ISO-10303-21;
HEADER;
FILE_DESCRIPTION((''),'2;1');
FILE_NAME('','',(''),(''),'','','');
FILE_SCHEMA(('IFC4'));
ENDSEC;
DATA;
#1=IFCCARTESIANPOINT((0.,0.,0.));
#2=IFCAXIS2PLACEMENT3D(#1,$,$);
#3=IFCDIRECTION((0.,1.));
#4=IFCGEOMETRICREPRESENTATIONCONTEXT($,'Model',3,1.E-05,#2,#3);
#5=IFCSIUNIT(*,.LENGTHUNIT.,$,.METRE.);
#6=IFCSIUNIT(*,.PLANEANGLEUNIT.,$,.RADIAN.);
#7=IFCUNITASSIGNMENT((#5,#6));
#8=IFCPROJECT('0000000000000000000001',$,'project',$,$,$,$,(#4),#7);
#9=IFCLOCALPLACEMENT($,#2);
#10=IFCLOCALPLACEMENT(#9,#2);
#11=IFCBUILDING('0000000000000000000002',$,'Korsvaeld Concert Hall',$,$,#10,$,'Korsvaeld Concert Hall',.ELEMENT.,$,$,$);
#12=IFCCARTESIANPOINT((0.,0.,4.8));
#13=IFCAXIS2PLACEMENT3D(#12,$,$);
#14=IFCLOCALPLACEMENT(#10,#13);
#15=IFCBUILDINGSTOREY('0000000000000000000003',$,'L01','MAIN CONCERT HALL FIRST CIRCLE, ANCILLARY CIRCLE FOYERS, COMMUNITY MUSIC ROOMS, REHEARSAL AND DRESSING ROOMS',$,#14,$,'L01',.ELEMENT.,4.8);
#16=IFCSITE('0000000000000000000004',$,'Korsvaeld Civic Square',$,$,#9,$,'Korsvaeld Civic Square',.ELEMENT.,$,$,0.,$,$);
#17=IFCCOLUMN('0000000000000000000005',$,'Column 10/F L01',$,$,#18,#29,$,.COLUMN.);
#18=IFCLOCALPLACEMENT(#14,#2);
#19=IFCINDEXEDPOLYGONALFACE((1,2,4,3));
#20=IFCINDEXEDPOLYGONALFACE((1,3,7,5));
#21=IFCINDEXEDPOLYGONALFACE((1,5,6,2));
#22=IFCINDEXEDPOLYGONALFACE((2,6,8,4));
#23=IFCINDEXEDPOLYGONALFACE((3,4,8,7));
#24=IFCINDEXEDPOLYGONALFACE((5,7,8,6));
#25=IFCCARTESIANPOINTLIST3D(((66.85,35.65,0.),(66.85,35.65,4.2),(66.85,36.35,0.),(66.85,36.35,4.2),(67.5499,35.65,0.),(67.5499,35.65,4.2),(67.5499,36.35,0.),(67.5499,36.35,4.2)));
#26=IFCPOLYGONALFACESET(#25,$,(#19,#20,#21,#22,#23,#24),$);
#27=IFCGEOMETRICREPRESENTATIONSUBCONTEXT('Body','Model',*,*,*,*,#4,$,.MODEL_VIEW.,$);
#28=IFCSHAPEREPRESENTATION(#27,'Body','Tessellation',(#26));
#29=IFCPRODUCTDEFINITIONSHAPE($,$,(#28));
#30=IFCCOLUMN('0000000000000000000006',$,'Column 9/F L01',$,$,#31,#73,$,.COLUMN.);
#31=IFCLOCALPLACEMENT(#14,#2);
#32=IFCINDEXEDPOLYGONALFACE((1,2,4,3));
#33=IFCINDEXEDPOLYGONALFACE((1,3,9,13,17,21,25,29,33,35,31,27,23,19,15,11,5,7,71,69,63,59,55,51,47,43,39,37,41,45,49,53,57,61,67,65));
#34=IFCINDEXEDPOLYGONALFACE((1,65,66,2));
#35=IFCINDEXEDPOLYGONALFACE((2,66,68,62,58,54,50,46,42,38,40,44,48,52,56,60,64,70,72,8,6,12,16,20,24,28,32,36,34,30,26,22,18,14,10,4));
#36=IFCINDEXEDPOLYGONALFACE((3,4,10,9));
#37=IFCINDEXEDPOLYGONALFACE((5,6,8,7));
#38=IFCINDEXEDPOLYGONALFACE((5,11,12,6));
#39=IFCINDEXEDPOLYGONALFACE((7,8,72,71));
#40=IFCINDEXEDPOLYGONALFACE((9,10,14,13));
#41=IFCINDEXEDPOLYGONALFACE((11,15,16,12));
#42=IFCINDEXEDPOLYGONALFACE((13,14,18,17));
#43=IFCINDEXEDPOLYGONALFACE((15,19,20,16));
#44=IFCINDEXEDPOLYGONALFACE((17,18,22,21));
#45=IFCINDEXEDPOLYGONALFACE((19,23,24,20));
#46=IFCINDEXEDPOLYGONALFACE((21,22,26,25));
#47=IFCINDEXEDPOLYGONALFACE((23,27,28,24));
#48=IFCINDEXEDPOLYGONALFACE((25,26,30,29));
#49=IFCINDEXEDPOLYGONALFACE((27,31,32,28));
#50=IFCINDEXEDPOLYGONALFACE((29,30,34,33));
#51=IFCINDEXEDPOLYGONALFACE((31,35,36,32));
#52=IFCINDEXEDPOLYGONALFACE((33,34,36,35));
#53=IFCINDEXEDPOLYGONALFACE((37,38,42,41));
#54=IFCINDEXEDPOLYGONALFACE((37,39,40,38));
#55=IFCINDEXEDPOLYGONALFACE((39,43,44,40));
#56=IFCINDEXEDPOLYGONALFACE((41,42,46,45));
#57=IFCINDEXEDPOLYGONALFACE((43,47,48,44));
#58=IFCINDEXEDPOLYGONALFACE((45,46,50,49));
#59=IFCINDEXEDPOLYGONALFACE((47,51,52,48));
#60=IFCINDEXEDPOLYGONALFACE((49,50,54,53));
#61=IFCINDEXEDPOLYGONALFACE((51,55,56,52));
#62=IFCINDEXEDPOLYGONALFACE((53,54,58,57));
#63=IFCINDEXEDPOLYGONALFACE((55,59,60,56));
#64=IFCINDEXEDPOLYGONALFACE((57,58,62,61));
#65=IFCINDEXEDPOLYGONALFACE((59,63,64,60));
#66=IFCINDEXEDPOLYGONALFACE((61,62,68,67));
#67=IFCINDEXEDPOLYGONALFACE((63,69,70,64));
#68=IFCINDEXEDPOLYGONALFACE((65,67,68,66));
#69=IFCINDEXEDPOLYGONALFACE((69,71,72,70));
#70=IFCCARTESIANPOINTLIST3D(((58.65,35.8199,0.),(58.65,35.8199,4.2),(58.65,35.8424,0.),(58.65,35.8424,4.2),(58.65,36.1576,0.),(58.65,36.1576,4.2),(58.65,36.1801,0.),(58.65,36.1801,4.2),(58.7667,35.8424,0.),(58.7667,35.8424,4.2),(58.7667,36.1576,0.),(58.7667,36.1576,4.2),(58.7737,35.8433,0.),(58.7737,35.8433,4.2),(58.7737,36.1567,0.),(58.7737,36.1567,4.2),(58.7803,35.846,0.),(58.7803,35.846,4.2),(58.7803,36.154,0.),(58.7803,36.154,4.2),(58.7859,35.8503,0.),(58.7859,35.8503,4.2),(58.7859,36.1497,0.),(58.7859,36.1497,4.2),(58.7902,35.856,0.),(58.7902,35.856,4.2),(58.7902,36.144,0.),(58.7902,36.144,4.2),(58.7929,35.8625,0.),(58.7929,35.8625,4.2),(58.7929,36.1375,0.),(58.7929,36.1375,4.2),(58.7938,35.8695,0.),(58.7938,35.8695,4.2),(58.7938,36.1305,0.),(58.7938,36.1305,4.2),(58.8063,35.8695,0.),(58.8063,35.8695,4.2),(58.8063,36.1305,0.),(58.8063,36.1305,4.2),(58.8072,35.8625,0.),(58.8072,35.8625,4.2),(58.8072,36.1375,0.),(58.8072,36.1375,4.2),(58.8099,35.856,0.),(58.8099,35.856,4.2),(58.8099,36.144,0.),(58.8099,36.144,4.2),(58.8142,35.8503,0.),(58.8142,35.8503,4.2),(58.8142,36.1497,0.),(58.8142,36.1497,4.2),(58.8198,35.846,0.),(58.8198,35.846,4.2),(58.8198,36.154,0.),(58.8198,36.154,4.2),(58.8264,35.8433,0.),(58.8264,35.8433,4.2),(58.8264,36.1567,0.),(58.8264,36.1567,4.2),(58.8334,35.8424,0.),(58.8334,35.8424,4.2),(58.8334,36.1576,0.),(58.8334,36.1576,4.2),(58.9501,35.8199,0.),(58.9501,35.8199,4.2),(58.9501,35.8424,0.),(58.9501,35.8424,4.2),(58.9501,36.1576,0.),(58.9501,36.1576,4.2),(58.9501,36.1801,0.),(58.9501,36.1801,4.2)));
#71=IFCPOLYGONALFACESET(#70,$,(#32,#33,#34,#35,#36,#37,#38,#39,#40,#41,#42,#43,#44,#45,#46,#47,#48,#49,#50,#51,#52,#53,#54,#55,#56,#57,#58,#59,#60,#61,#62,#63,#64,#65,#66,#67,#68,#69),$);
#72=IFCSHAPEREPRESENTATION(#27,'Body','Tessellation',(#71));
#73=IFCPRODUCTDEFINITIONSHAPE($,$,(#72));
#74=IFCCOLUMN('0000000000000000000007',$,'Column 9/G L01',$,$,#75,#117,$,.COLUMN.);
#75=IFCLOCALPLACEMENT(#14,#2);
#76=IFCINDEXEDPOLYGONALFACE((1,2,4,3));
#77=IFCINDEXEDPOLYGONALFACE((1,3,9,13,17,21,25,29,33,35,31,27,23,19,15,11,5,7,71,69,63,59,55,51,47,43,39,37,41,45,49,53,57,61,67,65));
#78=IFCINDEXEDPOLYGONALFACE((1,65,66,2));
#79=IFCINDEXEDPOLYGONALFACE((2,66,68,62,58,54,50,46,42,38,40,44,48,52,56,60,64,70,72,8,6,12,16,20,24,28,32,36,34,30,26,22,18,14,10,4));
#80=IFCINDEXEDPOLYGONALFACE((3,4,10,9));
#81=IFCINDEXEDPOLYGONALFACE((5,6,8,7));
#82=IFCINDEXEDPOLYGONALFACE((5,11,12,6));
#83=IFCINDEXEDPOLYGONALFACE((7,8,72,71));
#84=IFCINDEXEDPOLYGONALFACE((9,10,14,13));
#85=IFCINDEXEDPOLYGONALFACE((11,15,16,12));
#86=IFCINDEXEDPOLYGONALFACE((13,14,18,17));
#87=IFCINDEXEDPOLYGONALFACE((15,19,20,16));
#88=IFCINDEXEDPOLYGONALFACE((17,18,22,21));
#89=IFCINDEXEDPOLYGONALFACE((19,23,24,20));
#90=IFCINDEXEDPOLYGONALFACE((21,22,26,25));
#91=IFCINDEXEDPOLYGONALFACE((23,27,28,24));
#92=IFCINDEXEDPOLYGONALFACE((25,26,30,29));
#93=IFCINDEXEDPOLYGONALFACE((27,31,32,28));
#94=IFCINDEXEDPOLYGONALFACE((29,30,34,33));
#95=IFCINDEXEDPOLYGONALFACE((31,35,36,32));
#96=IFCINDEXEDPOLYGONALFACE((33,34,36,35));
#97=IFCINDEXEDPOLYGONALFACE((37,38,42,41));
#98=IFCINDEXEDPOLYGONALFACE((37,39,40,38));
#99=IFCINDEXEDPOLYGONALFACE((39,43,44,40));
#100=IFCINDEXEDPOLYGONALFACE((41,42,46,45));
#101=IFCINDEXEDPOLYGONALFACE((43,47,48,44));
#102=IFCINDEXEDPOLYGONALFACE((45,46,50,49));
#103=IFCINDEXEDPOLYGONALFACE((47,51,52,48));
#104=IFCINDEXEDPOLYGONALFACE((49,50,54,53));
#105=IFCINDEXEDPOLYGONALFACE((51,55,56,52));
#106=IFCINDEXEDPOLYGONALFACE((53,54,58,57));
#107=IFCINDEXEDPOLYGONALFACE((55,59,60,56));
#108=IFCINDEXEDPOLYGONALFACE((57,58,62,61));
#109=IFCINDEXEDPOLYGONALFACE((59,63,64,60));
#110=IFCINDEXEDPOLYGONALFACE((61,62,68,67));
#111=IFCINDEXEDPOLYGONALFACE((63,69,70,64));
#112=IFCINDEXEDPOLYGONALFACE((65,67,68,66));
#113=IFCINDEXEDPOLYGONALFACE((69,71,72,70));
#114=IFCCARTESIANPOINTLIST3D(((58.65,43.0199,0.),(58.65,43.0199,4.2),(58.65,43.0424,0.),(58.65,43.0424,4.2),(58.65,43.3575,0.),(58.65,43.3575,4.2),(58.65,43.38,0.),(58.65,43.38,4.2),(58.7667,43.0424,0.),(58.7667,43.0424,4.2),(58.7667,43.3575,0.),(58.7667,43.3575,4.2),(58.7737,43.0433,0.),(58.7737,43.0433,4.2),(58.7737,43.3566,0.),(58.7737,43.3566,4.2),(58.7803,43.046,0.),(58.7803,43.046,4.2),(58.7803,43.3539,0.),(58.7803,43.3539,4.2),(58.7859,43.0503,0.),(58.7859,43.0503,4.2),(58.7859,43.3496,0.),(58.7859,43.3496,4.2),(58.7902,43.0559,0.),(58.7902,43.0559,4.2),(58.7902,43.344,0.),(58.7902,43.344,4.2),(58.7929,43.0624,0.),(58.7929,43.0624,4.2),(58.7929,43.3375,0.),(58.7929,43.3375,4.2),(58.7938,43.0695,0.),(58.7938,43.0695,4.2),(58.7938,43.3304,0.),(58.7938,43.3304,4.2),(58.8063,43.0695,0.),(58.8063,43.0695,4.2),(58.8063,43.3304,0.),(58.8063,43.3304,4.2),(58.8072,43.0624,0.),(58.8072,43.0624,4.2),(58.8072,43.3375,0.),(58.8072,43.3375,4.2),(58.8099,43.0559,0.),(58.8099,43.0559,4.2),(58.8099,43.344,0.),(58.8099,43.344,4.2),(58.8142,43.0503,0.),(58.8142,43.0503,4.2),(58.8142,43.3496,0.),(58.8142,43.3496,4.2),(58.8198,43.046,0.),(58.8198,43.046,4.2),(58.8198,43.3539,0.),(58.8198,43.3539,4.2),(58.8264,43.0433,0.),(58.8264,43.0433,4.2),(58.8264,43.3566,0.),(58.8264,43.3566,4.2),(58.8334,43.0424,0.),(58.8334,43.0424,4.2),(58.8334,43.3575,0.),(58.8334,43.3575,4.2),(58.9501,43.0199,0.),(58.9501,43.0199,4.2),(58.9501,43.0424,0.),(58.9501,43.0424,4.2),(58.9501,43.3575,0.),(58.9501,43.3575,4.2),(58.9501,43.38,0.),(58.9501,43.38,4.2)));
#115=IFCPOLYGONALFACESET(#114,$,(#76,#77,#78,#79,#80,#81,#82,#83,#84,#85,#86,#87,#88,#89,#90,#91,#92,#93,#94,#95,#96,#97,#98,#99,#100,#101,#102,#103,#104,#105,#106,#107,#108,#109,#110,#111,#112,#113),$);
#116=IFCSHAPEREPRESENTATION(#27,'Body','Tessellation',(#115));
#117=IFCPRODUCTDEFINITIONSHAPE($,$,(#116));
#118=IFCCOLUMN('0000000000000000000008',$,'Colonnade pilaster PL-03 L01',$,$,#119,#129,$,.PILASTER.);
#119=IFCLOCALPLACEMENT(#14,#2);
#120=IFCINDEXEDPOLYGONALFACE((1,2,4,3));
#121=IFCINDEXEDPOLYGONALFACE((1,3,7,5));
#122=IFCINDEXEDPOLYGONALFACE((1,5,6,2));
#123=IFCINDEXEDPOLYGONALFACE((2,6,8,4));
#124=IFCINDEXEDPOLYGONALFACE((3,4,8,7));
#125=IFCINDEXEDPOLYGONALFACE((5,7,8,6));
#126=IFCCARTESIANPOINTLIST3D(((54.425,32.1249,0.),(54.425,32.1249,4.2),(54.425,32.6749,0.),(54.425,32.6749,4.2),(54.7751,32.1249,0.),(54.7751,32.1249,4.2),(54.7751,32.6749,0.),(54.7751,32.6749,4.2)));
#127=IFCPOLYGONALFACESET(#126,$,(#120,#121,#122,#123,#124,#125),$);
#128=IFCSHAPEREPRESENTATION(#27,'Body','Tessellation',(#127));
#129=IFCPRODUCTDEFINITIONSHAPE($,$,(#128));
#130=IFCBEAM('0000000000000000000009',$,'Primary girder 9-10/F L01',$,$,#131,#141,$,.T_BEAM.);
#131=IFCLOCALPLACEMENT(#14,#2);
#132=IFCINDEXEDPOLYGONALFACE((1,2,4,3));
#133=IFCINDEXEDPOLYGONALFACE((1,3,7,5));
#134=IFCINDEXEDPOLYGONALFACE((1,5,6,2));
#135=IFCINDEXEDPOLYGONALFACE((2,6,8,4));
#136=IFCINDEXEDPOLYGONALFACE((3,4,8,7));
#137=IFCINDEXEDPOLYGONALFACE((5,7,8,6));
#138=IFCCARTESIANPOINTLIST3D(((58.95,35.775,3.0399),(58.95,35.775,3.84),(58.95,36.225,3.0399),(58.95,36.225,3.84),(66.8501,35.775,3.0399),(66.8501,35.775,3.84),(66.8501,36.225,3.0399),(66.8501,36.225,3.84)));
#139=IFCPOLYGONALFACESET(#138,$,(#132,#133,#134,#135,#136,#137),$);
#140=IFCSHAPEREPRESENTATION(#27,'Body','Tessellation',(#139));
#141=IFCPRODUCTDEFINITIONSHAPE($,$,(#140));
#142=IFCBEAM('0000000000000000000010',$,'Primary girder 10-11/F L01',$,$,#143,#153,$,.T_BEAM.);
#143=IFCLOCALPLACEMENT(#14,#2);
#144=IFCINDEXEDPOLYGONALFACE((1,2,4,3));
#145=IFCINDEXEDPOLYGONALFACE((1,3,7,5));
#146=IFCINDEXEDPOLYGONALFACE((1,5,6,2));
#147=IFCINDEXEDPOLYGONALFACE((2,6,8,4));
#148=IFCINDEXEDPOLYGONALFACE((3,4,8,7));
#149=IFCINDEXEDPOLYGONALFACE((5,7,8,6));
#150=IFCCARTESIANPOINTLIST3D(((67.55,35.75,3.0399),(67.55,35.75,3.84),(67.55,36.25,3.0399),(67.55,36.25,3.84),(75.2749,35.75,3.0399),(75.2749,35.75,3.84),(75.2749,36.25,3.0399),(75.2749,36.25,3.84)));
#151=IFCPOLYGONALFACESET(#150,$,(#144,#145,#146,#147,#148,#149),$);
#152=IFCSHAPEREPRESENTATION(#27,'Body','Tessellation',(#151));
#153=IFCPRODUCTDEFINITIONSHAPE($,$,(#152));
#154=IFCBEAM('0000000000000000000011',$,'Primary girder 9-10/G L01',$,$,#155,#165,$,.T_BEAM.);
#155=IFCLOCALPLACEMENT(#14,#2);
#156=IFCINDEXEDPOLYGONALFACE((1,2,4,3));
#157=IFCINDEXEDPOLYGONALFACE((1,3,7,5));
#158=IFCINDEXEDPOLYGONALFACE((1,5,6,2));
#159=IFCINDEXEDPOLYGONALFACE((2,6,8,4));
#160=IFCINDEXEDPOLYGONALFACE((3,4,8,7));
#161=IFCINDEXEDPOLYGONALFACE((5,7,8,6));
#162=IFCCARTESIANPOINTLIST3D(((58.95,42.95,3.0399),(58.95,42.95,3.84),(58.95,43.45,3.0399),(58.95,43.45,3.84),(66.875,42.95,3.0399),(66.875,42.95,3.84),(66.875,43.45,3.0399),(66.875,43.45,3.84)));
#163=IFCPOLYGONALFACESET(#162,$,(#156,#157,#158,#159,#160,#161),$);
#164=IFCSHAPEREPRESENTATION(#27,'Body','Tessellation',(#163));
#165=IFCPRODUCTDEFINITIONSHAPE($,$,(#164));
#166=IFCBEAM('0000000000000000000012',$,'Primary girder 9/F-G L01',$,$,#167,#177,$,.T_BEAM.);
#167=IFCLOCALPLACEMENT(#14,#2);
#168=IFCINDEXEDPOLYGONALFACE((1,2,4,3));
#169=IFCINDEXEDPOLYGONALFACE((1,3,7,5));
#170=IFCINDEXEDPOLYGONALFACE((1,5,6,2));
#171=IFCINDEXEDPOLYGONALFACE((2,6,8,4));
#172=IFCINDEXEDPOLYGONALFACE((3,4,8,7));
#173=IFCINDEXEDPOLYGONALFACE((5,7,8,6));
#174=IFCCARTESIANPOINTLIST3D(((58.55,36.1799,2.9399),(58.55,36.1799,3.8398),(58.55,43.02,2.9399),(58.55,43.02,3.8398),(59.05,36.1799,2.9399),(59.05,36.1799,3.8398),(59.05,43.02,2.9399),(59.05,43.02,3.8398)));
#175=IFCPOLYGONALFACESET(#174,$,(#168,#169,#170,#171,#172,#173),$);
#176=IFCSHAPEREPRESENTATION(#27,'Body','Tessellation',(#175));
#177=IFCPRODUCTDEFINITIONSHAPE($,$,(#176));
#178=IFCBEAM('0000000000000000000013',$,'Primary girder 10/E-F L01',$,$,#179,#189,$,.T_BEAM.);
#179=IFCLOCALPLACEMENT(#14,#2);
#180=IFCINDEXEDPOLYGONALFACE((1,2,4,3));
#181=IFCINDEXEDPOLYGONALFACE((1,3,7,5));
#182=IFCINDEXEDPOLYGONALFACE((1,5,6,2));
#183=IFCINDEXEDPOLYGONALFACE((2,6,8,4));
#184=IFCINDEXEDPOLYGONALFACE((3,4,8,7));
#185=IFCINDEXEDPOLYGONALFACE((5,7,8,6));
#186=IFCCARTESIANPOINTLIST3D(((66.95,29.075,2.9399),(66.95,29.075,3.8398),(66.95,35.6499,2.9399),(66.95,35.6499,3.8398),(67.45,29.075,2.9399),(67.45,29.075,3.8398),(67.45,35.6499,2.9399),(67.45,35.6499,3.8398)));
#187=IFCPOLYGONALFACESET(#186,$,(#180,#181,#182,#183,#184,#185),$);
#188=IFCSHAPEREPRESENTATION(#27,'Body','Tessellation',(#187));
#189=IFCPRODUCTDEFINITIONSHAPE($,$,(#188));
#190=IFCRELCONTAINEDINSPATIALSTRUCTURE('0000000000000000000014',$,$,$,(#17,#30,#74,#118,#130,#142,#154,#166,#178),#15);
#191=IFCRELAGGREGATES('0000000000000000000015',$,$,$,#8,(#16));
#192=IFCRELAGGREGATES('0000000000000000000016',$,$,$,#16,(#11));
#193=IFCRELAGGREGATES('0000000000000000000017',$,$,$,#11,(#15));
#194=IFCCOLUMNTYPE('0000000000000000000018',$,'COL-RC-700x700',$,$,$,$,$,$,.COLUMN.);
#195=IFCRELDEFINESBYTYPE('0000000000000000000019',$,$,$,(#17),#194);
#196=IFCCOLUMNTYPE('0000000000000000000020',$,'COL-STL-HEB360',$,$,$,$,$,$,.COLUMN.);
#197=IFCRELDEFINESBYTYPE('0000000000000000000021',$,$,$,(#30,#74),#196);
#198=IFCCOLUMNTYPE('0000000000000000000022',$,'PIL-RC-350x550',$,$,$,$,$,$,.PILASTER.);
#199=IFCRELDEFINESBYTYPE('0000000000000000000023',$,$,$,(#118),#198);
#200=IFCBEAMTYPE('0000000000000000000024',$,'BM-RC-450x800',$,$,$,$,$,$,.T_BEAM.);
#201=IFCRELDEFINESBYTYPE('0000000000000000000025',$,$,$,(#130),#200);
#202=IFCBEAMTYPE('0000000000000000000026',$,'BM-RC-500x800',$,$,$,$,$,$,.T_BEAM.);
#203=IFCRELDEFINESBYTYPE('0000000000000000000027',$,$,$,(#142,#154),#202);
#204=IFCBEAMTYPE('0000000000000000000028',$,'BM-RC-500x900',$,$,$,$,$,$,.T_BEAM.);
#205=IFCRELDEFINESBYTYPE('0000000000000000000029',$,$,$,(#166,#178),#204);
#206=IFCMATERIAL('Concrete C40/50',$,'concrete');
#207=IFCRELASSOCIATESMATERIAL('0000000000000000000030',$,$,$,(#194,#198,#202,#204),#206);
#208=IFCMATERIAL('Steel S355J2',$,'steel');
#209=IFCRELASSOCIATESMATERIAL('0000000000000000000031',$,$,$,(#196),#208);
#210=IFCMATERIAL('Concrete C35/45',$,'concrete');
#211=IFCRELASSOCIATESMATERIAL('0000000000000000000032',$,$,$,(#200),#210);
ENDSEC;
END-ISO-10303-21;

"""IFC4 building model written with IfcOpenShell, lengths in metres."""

from ifc_helpers import new_model, si_unit, direction, frame, origin, origin_2d, place, context, subcontext, project, spatial, rectangle, i_section, extrude, material, material_profile, profile_set, type_object, element, save


model = new_model("IFC4")

# Units and contexts
model_context = context("Model", 3, precision=1e-05, world=origin(), true_north=direction((0.0, 1.0)))
body_context = subcontext(model_context, "Body", "Model", "MODEL_VIEW")
ifc_project = project(units=[si_unit("LENGTHUNIT", "METRE"), si_unit("PLANEANGLEUNIT", "RADIAN")], contexts=[model_context])

# Site, building, storey
site_placement = place(None, origin())
site = spatial("IfcSite", under=ifc_project, at=site_placement, Name="Korsvaeld Civic Square", LongName="Korsvaeld Civic Square", CompositionType="ELEMENT", RefElevation=0.0)
building_placement = place(site_placement, origin())
building = spatial("IfcBuilding", under=site, at=building_placement, Name="Korsvaeld Concert Hall", LongName="Korsvaeld Concert Hall", CompositionType="ELEMENT")
storey_placement = place(building_placement, frame((0.0, 0.0, 4.8)))
storey = spatial("IfcBuildingStorey", under=building, at=storey_placement, Name="L01", Description="MAIN CONCERT HALL FIRST CIRCLE, ANCILLARY CIRCLE FOYERS, COMMUNITY MUSIC ROOMS, REHEARSAL AND DRESSING ROOMS", LongName="L01", CompositionType="ELEMENT", Elevation=4.8)

# Columns
ifc_material_1 = material(Name="Concrete C40/50", Category="concrete")
ifc_material_profile_1 = material_profile(ifc_material_1, rectangle(XDim=0.7, YDim=0.7, at=origin_2d()), Name="RC 700x700")
ifc_profile_set_1 = profile_set([ifc_material_profile_1], Name="Concrete C40/50")
column_type_1 = type_object("IfcColumnType", Name="COL-RC-700x700", PredefinedType="COLUMN", material=ifc_profile_set_1)
column_1_placement = place(storey_placement, frame((67.2, 36.0, 0.0), z_axis=(0.0, 0.0, 1.0), x_axis=(1.0, 0.0, 0.0)))
element("IfcColumn", 1, at=column_1_placement, inside=storey, type_object=column_type_1, Name="Column 10/F L01", PredefinedType="COLUMN", context=body_context, shape_type="SweptSolid", body=[
    extrude(rectangle(XDim=0.7, YDim=0.7, at=origin_2d()), origin(), (0.0, 0.0, 1.0), 4.2),
])
ifc_material_2 = material(Name="Steel S355J2", Category="steel")
ifc_material_profile_2 = material_profile(ifc_material_2, i_section(OverallWidth=0.3, OverallDepth=0.3601, WebThickness=0.0125, FlangeThickness=0.0225, FilletRadius=0.0271, at=origin_2d()), Name="HEB 360")
ifc_profile_set_2 = profile_set([ifc_material_profile_2], Name="Steel S355J2")
column_type_2 = type_object("IfcColumnType", Name="COL-STL-HEB360", PredefinedType="COLUMN", material=ifc_profile_set_2)
for number, where, z_axis, x_axis, name in (
    (2, (58.8, 36.0, 0.0), (0.0, 0.0, 1.0), (1.0, 0.0, 0.0), "Column 9/F L01"),
    (3, (58.8, 43.2, 0.0), (0.0, 0.0, 1.0), (1.0, 0.0, 0.0), "Column 9/G L01"),
):
    element("IfcColumn", number, at=place(storey_placement, frame(where, z_axis=z_axis, x_axis=x_axis)), inside=storey, type_object=column_type_2, Name=name, PredefinedType="COLUMN", context=body_context, shape_type="SweptSolid", body=[
        extrude(i_section(OverallWidth=0.3, OverallDepth=0.3601, WebThickness=0.0125, FlangeThickness=0.0225, FilletRadius=0.0271, at=origin_2d()), origin(), (0.0, 0.0, 1.0), 4.2),
    ])
ifc_material_profile_3 = material_profile(ifc_material_1, rectangle(XDim=0.3501, YDim=0.55, at=origin_2d()), Name="RC 350x550")
ifc_profile_set_3 = profile_set([ifc_material_profile_3], Name="Concrete C40/50")
column_type_3 = type_object("IfcColumnType", Name="PIL-RC-350x550", PredefinedType="PILASTER", material=ifc_profile_set_3)
column_2_placement = place(storey_placement, frame((54.6001, 32.3999, 0.0), z_axis=(0.0, 0.0, 1.0), x_axis=(1.0, 0.0, 0.0)))
element("IfcColumn", 4, at=column_2_placement, inside=storey, type_object=column_type_3, Name="Colonnade pilaster PL-03 L01", PredefinedType="PILASTER", context=body_context, shape_type="SweptSolid", body=[
    extrude(rectangle(XDim=0.3501, YDim=0.55, at=origin_2d()), origin(), (0.0, 0.0, 1.0), 4.2),
])

# Beams
ifc_material_3 = material(Name="Concrete C35/45", Category="concrete")
ifc_material_profile_4 = material_profile(ifc_material_3, rectangle(XDim=0.45, YDim=0.8, at=origin_2d()), Name="RC 450x800")
ifc_profile_set_4 = profile_set([ifc_material_profile_4], Name="Concrete C35/45")
beam_type_1 = type_object("IfcBeamType", Name="BM-RC-450x800", PredefinedType="T_BEAM", material=ifc_profile_set_4)
beam_1_placement = place(storey_placement, frame((58.95, 36.0, 3.4399), z_axis=(1.0, 0.0, 0.0), x_axis=(0.0, 1.0, 0.0)))
element("IfcBeam", 5, at=beam_1_placement, inside=storey, type_object=beam_type_1, Name="Primary girder 9-10/F L01", PredefinedType="T_BEAM", context=body_context, shape_type="SweptSolid", body=[
    extrude(rectangle(XDim=0.45, YDim=0.8, at=origin_2d()), origin(), (0.0, 0.0, 1.0), 7.9001),
])
ifc_material_profile_5 = material_profile(ifc_material_1, rectangle(XDim=0.5, YDim=0.8, at=origin_2d()), Name="RC 500x800")
ifc_profile_set_5 = profile_set([ifc_material_profile_5], Name="Concrete C40/50")
beam_type_2 = type_object("IfcBeamType", Name="BM-RC-500x800", PredefinedType="T_BEAM", material=ifc_profile_set_5)
beam_2_placement = place(storey_placement, frame((67.55, 36.0, 3.4399), z_axis=(1.0, 0.0, 0.0), x_axis=(0.0, 1.0, 0.0)))
element("IfcBeam", 6, at=beam_2_placement, inside=storey, type_object=beam_type_2, Name="Primary girder 10-11/F L01", PredefinedType="T_BEAM", context=body_context, shape_type="SweptSolid", body=[
    extrude(rectangle(XDim=0.5, YDim=0.8, at=origin_2d()), origin(), (0.0, 0.0, 1.0), 7.7249),
])
beam_3_placement = place(storey_placement, frame((58.95, 43.2, 3.4399), z_axis=(1.0, 0.0, 0.0), x_axis=(0.0, 1.0, 0.0)))
element("IfcBeam", 7, at=beam_3_placement, inside=storey, type_object=beam_type_2, Name="Primary girder 9-10/G L01", PredefinedType="T_BEAM", context=body_context, shape_type="SweptSolid", body=[
    extrude(rectangle(XDim=0.5, YDim=0.8, at=origin_2d()), origin(), (0.0, 0.0, 1.0), 7.925),
])
ifc_material_profile_6 = material_profile(ifc_material_1, rectangle(XDim=0.5, YDim=0.8999, at=origin_2d()), Name="RC 500x900")
ifc_profile_set_6 = profile_set([ifc_material_profile_6], Name="Concrete C40/50")
beam_type_3 = type_object("IfcBeamType", Name="BM-RC-500x900", PredefinedType="T_BEAM", material=ifc_profile_set_6)
beam_4_placement = place(storey_placement, frame((58.8, 36.1799, 3.3899), z_axis=(0.0, 1.0, 0.0), x_axis=(-1.0, 0.0, 0.0)))
element("IfcBeam", 8, at=beam_4_placement, inside=storey, type_object=beam_type_3, Name="Primary girder 9/F-G L01", PredefinedType="T_BEAM", context=body_context, shape_type="SweptSolid", body=[
    extrude(rectangle(XDim=0.5, YDim=0.8999, at=origin_2d()), origin(), (0.0, 0.0, 1.0), 6.8401),
])
beam_5_placement = place(storey_placement, frame((67.2, 29.075, 3.3899), z_axis=(0.0, 1.0, 0.0), x_axis=(-1.0, 0.0, 0.0)))
element("IfcBeam", 9, at=beam_5_placement, inside=storey, type_object=beam_type_3, Name="Primary girder 10/E-F L01", PredefinedType="T_BEAM", context=body_context, shape_type="SweptSolid", body=[
    extrude(rectangle(XDim=0.5, YDim=0.8999, at=origin_2d()), origin(), (0.0, 0.0, 1.0), 6.575),
])

save(model, "model.ifc")
